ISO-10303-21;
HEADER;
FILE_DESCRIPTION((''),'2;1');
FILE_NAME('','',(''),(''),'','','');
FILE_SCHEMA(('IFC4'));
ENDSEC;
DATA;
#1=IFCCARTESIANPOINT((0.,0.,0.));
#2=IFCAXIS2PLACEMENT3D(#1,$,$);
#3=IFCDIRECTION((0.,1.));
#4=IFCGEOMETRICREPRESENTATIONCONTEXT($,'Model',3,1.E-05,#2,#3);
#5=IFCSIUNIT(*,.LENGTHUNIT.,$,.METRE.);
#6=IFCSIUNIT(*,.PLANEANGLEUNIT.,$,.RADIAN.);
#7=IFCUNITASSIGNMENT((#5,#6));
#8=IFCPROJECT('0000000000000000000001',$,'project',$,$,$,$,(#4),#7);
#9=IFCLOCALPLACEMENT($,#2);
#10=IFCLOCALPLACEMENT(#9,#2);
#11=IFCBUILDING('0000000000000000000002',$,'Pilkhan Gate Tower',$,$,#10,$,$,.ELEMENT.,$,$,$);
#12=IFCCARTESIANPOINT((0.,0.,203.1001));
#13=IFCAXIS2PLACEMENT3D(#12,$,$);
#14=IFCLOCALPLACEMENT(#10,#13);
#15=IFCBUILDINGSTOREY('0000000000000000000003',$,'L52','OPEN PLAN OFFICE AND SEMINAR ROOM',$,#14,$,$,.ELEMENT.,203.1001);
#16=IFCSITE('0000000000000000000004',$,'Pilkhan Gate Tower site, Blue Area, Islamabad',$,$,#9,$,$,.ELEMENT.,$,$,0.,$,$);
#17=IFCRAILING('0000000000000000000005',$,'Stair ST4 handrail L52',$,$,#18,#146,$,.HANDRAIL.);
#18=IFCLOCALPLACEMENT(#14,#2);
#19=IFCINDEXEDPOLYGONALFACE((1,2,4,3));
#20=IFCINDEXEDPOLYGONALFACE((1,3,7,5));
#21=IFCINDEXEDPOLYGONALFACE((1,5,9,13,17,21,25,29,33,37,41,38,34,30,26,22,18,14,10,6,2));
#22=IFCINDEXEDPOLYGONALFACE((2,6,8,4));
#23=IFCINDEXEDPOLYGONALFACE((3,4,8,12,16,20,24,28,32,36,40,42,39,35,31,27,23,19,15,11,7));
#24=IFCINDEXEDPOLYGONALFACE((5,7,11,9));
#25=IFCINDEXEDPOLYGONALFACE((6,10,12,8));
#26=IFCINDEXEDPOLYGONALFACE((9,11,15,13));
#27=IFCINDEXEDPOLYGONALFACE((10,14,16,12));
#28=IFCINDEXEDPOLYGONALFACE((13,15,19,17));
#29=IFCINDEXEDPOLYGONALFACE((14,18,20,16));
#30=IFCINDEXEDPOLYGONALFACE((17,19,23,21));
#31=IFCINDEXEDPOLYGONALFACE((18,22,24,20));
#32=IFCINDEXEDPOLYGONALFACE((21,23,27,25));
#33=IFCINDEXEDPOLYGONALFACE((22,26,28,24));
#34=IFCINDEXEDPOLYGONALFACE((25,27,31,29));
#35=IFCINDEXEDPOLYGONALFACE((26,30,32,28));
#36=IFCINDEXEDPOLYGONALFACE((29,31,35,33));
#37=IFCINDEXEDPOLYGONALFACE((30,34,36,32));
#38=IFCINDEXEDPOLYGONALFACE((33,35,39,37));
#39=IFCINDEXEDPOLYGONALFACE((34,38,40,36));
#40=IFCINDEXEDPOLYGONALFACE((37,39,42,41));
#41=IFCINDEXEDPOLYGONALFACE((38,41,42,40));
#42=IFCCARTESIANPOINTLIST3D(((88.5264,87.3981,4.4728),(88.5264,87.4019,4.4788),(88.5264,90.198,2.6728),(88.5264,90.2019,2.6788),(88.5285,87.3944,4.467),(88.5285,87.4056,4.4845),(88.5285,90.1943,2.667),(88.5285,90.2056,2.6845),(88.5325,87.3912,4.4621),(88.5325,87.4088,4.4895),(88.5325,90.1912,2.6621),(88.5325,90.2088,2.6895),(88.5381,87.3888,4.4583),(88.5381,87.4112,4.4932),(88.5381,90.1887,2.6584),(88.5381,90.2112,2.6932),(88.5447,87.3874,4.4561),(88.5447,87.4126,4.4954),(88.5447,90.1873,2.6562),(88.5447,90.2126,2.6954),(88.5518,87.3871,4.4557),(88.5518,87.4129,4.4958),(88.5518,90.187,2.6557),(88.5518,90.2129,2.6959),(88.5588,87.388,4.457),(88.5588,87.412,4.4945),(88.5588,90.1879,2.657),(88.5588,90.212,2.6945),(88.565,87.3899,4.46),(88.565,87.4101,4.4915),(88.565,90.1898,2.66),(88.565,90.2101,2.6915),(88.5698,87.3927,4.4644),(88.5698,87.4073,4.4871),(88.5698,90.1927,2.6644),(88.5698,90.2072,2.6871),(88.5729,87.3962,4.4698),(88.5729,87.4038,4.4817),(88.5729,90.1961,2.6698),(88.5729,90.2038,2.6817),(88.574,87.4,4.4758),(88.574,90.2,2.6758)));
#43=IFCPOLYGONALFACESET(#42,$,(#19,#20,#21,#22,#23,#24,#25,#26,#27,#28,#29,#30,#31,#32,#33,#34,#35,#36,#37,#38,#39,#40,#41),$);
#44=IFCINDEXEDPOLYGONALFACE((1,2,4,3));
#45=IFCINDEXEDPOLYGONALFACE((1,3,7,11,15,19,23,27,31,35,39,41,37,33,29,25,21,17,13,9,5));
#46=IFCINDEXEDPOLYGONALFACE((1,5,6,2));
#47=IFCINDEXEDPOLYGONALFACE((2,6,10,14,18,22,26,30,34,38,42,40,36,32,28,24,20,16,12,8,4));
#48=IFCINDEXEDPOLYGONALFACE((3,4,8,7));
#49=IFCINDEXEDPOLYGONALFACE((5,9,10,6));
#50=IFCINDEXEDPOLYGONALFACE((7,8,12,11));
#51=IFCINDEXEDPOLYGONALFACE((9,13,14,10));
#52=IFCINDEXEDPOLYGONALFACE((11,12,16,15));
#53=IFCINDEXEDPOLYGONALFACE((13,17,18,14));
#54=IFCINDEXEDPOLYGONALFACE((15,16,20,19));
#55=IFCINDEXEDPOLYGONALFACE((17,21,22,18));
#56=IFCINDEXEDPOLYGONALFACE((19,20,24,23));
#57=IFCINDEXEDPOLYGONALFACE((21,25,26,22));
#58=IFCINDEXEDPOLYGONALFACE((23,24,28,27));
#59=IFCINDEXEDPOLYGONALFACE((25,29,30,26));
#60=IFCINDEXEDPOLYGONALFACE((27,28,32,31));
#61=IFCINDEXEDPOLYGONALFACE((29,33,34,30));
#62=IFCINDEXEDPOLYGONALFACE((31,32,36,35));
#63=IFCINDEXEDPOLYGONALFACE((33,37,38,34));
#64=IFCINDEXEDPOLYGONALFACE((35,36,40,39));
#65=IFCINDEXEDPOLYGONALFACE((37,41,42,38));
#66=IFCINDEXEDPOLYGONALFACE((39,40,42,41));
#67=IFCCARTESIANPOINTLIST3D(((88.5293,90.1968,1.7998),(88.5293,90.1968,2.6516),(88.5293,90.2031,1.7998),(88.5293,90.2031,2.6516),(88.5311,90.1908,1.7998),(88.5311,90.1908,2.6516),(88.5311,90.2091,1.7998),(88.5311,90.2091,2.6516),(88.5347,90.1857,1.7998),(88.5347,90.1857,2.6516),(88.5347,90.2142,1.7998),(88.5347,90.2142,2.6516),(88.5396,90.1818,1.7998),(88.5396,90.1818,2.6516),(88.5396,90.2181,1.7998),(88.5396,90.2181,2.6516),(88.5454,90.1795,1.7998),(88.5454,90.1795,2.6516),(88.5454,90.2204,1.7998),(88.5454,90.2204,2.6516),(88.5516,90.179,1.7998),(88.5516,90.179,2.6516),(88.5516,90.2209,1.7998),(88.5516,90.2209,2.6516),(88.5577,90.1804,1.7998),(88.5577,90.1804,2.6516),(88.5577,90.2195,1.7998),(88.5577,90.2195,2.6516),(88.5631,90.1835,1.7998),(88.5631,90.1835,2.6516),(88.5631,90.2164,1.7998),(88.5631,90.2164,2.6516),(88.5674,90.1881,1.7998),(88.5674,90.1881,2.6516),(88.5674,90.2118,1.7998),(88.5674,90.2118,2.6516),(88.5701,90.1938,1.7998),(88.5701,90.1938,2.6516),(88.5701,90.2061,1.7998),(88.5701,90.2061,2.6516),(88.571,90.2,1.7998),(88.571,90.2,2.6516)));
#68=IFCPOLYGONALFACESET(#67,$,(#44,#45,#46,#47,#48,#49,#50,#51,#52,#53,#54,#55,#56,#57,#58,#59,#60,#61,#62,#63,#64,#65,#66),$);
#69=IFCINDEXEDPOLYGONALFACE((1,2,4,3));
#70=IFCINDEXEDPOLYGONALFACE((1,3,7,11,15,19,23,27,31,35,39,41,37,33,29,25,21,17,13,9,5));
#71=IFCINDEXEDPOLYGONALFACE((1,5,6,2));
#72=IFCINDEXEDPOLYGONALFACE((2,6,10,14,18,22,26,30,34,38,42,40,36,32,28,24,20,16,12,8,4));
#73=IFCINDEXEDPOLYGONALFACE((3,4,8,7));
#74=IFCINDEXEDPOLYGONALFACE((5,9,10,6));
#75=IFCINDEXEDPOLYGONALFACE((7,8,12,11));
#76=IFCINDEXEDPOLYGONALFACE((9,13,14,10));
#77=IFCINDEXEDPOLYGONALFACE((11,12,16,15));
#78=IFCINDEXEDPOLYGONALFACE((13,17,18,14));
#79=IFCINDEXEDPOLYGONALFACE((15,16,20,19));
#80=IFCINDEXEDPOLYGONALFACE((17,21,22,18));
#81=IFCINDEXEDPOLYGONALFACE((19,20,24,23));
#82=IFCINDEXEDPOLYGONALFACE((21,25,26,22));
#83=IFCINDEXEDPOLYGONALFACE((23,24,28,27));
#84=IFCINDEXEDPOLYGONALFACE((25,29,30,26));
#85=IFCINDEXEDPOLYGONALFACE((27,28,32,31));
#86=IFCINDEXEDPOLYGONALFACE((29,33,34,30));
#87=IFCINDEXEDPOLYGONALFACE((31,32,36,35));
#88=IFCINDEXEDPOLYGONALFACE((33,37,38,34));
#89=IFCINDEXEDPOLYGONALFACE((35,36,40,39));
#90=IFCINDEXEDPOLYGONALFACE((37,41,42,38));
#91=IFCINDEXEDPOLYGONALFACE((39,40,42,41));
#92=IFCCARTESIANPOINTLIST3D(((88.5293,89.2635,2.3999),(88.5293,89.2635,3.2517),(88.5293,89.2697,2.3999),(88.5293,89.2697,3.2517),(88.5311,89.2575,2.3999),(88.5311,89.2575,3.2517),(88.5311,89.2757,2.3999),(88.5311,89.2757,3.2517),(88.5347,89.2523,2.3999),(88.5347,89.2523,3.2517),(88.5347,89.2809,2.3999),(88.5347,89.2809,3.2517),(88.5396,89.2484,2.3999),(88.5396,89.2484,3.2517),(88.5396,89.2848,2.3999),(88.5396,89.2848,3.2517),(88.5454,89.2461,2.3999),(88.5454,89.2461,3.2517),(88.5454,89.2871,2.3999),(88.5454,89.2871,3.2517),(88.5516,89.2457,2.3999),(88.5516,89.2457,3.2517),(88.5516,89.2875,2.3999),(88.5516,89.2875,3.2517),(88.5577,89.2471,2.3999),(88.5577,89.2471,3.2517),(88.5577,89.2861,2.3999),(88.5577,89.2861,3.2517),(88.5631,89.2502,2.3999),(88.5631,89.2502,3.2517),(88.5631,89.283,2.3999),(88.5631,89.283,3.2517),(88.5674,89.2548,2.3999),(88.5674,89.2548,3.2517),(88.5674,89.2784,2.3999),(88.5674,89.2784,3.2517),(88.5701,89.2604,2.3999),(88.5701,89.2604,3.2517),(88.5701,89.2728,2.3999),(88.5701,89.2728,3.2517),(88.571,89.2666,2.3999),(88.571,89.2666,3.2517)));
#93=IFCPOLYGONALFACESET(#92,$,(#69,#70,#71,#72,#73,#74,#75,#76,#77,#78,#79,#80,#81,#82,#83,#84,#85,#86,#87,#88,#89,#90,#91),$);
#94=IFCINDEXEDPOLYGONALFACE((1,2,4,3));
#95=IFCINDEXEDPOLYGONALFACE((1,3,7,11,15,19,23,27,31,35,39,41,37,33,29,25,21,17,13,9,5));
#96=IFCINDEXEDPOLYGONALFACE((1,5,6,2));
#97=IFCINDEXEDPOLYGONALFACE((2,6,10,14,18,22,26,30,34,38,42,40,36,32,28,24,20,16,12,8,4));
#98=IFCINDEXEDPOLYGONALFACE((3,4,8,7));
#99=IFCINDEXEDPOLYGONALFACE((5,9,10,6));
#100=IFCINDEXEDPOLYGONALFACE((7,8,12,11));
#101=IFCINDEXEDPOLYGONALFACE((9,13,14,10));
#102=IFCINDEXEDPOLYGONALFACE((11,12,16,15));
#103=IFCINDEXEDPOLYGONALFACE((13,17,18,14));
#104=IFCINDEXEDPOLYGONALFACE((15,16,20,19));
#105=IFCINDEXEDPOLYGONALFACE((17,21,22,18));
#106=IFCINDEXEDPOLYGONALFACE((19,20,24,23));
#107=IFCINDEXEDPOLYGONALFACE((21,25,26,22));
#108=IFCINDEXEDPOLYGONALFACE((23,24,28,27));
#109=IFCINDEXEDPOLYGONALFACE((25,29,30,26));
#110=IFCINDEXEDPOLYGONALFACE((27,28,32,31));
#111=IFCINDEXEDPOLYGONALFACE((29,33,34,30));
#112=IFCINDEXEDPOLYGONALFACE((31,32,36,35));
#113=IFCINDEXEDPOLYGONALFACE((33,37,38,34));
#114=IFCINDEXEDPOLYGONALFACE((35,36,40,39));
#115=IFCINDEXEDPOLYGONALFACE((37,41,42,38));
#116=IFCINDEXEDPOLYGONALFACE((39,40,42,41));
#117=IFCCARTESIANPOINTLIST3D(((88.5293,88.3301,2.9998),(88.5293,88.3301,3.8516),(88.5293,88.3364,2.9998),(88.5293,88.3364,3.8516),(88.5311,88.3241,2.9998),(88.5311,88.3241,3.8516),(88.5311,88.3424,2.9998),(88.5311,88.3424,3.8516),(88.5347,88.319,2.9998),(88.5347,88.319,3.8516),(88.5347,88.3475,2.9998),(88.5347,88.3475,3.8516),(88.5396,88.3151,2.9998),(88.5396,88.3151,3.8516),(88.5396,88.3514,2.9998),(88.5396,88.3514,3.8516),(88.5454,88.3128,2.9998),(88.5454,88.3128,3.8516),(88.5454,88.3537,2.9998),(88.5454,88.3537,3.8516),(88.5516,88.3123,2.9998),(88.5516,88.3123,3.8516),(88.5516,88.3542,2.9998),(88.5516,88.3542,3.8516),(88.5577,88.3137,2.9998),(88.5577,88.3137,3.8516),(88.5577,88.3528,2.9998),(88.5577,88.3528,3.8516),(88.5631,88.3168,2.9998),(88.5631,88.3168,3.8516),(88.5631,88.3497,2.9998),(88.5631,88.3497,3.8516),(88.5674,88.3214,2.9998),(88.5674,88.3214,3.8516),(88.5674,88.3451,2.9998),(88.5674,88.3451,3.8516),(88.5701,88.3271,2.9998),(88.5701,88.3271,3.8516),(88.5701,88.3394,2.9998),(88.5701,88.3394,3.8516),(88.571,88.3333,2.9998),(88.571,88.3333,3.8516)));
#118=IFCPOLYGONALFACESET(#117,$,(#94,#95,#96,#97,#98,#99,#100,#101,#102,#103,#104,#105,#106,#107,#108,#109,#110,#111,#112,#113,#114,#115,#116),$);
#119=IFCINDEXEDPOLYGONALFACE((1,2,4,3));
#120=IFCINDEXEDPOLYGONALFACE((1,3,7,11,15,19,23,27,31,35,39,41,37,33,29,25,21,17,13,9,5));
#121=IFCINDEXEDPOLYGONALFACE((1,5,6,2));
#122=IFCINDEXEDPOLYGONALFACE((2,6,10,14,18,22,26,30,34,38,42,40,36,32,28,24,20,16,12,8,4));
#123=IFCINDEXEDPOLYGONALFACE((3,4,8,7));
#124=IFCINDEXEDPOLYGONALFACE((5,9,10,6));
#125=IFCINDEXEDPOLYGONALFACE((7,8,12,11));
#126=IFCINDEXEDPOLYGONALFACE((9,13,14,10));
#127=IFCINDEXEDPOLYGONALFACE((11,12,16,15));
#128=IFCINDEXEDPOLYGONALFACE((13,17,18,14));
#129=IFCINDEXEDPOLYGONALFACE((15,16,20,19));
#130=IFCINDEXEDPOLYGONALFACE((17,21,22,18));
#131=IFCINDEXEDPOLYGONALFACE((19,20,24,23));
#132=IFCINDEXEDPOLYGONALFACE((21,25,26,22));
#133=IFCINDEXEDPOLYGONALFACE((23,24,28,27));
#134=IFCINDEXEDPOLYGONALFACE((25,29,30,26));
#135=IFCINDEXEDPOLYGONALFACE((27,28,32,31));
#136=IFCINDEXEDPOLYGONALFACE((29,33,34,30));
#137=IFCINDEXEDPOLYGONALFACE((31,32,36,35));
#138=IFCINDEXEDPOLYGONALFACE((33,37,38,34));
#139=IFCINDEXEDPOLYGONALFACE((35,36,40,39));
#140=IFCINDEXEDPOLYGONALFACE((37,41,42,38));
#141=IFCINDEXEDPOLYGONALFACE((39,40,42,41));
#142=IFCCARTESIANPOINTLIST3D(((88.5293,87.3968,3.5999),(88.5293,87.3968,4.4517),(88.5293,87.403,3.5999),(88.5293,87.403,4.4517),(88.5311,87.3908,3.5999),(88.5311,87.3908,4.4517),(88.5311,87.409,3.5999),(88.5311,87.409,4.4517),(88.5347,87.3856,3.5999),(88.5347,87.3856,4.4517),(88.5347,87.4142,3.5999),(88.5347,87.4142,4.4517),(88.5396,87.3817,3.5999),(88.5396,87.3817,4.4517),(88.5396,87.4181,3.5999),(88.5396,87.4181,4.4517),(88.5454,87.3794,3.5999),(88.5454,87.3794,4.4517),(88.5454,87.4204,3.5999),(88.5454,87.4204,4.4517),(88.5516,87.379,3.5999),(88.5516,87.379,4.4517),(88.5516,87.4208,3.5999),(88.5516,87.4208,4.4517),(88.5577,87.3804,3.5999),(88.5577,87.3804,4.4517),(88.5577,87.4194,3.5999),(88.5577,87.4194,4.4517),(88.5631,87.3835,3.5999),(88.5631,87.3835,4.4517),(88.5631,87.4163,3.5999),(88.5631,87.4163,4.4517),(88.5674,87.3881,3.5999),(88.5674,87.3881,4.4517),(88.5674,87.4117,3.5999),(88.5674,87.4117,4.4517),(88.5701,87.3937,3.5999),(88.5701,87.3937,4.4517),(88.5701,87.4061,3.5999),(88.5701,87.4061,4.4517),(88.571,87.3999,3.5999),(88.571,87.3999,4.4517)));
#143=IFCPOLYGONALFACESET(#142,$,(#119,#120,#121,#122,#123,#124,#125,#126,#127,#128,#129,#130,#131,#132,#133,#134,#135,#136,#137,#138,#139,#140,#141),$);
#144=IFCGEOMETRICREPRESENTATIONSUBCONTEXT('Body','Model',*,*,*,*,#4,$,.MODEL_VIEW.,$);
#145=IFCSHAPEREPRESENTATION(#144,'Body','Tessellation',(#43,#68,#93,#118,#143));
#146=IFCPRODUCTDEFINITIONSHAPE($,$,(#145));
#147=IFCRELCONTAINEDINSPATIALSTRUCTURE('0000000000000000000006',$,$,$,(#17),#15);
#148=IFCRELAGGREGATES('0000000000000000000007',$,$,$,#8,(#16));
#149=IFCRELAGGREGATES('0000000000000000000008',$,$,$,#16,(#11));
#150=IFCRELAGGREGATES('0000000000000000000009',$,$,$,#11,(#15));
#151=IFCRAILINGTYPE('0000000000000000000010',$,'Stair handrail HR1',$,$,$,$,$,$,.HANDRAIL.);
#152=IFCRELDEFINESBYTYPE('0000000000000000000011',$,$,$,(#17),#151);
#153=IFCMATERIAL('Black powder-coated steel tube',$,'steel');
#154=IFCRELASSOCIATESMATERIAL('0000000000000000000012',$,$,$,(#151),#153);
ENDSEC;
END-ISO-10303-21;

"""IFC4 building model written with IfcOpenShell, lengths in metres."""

from ifc_helpers import new_model, si_unit, direction, frame, origin, origin_2d, place, context, subcontext, project, spatial, circle, extrude, material, type_object, element, save


model = new_model("IFC4")

# Units and contexts
model_context = context("Model", 3, precision=1e-05, world=origin(), true_north=direction((0.0, 1.0)))
body_context = subcontext(model_context, "Body", "Model", "MODEL_VIEW")
ifc_project = project(units=[si_unit("LENGTHUNIT", "METRE"), si_unit("PLANEANGLEUNIT", "RADIAN")], contexts=[model_context])

# Site, building, storey
site_placement = place(None, origin())
site = spatial("IfcSite", under=ifc_project, at=site_placement, Name="Pilkhan Gate Tower site, Blue Area, Islamabad", CompositionType="ELEMENT", RefElevation=0.0)
building_placement = place(site_placement, origin())
building = spatial("IfcBuilding", under=site, at=building_placement, Name="Pilkhan Gate Tower", CompositionType="ELEMENT")
storey_placement = place(building_placement, frame((0.0, 0.0, 203.1001)))
storey = spatial("IfcBuildingStorey", under=building, at=storey_placement, Name="L52", Description="OPEN PLAN OFFICE AND SEMINAR ROOM", CompositionType="ELEMENT", Elevation=203.1001)

# Railing
ifc_material_1 = material(Name="Black powder-coated steel tube", Category="steel")
railing_type_1 = type_object("IfcRailingType", Name="Stair handrail HR1", PredefinedType="HANDRAIL", material=ifc_material_1)
railing_1_placement = place(storey_placement, frame((88.55, 90.2, 1.7998)))
element("IfcRailing", 1, at=railing_1_placement, inside=storey, type_object=railing_type_1, Name="Stair ST4 handrail L52", PredefinedType="HANDRAIL", context=body_context, shape_type="SweptSolid", body=[
    extrude(circle(Radius=0.0239, at=origin_2d()), frame((0.0, 0.0, 0.876), z_axis=(0.0, -0.841176, 0.540761), x_axis=(1.0, 0.0, 0.0)), (0.0, 0.0, 1.0), 3.3286),
    extrude(circle(Radius=0.021, at=origin_2d()), origin(), (0.0, 0.0, 1.0), 0.8518),
    extrude(circle(Radius=0.021, at=origin_2d()), frame((0.0, -0.9333, 0.6001)), (0.0, 0.0, 1.0), 0.8518),
    extrude(circle(Radius=0.021, at=origin_2d()), frame((0.0, -1.8667, 1.2)), (0.0, 0.0, 1.0), 0.8518),
    extrude(circle(Radius=0.021, at=origin_2d()), frame((0.0, -2.8, 1.8)), (0.0, 0.0, 1.0), 0.8518),
])

save(model, "model.ifc")
